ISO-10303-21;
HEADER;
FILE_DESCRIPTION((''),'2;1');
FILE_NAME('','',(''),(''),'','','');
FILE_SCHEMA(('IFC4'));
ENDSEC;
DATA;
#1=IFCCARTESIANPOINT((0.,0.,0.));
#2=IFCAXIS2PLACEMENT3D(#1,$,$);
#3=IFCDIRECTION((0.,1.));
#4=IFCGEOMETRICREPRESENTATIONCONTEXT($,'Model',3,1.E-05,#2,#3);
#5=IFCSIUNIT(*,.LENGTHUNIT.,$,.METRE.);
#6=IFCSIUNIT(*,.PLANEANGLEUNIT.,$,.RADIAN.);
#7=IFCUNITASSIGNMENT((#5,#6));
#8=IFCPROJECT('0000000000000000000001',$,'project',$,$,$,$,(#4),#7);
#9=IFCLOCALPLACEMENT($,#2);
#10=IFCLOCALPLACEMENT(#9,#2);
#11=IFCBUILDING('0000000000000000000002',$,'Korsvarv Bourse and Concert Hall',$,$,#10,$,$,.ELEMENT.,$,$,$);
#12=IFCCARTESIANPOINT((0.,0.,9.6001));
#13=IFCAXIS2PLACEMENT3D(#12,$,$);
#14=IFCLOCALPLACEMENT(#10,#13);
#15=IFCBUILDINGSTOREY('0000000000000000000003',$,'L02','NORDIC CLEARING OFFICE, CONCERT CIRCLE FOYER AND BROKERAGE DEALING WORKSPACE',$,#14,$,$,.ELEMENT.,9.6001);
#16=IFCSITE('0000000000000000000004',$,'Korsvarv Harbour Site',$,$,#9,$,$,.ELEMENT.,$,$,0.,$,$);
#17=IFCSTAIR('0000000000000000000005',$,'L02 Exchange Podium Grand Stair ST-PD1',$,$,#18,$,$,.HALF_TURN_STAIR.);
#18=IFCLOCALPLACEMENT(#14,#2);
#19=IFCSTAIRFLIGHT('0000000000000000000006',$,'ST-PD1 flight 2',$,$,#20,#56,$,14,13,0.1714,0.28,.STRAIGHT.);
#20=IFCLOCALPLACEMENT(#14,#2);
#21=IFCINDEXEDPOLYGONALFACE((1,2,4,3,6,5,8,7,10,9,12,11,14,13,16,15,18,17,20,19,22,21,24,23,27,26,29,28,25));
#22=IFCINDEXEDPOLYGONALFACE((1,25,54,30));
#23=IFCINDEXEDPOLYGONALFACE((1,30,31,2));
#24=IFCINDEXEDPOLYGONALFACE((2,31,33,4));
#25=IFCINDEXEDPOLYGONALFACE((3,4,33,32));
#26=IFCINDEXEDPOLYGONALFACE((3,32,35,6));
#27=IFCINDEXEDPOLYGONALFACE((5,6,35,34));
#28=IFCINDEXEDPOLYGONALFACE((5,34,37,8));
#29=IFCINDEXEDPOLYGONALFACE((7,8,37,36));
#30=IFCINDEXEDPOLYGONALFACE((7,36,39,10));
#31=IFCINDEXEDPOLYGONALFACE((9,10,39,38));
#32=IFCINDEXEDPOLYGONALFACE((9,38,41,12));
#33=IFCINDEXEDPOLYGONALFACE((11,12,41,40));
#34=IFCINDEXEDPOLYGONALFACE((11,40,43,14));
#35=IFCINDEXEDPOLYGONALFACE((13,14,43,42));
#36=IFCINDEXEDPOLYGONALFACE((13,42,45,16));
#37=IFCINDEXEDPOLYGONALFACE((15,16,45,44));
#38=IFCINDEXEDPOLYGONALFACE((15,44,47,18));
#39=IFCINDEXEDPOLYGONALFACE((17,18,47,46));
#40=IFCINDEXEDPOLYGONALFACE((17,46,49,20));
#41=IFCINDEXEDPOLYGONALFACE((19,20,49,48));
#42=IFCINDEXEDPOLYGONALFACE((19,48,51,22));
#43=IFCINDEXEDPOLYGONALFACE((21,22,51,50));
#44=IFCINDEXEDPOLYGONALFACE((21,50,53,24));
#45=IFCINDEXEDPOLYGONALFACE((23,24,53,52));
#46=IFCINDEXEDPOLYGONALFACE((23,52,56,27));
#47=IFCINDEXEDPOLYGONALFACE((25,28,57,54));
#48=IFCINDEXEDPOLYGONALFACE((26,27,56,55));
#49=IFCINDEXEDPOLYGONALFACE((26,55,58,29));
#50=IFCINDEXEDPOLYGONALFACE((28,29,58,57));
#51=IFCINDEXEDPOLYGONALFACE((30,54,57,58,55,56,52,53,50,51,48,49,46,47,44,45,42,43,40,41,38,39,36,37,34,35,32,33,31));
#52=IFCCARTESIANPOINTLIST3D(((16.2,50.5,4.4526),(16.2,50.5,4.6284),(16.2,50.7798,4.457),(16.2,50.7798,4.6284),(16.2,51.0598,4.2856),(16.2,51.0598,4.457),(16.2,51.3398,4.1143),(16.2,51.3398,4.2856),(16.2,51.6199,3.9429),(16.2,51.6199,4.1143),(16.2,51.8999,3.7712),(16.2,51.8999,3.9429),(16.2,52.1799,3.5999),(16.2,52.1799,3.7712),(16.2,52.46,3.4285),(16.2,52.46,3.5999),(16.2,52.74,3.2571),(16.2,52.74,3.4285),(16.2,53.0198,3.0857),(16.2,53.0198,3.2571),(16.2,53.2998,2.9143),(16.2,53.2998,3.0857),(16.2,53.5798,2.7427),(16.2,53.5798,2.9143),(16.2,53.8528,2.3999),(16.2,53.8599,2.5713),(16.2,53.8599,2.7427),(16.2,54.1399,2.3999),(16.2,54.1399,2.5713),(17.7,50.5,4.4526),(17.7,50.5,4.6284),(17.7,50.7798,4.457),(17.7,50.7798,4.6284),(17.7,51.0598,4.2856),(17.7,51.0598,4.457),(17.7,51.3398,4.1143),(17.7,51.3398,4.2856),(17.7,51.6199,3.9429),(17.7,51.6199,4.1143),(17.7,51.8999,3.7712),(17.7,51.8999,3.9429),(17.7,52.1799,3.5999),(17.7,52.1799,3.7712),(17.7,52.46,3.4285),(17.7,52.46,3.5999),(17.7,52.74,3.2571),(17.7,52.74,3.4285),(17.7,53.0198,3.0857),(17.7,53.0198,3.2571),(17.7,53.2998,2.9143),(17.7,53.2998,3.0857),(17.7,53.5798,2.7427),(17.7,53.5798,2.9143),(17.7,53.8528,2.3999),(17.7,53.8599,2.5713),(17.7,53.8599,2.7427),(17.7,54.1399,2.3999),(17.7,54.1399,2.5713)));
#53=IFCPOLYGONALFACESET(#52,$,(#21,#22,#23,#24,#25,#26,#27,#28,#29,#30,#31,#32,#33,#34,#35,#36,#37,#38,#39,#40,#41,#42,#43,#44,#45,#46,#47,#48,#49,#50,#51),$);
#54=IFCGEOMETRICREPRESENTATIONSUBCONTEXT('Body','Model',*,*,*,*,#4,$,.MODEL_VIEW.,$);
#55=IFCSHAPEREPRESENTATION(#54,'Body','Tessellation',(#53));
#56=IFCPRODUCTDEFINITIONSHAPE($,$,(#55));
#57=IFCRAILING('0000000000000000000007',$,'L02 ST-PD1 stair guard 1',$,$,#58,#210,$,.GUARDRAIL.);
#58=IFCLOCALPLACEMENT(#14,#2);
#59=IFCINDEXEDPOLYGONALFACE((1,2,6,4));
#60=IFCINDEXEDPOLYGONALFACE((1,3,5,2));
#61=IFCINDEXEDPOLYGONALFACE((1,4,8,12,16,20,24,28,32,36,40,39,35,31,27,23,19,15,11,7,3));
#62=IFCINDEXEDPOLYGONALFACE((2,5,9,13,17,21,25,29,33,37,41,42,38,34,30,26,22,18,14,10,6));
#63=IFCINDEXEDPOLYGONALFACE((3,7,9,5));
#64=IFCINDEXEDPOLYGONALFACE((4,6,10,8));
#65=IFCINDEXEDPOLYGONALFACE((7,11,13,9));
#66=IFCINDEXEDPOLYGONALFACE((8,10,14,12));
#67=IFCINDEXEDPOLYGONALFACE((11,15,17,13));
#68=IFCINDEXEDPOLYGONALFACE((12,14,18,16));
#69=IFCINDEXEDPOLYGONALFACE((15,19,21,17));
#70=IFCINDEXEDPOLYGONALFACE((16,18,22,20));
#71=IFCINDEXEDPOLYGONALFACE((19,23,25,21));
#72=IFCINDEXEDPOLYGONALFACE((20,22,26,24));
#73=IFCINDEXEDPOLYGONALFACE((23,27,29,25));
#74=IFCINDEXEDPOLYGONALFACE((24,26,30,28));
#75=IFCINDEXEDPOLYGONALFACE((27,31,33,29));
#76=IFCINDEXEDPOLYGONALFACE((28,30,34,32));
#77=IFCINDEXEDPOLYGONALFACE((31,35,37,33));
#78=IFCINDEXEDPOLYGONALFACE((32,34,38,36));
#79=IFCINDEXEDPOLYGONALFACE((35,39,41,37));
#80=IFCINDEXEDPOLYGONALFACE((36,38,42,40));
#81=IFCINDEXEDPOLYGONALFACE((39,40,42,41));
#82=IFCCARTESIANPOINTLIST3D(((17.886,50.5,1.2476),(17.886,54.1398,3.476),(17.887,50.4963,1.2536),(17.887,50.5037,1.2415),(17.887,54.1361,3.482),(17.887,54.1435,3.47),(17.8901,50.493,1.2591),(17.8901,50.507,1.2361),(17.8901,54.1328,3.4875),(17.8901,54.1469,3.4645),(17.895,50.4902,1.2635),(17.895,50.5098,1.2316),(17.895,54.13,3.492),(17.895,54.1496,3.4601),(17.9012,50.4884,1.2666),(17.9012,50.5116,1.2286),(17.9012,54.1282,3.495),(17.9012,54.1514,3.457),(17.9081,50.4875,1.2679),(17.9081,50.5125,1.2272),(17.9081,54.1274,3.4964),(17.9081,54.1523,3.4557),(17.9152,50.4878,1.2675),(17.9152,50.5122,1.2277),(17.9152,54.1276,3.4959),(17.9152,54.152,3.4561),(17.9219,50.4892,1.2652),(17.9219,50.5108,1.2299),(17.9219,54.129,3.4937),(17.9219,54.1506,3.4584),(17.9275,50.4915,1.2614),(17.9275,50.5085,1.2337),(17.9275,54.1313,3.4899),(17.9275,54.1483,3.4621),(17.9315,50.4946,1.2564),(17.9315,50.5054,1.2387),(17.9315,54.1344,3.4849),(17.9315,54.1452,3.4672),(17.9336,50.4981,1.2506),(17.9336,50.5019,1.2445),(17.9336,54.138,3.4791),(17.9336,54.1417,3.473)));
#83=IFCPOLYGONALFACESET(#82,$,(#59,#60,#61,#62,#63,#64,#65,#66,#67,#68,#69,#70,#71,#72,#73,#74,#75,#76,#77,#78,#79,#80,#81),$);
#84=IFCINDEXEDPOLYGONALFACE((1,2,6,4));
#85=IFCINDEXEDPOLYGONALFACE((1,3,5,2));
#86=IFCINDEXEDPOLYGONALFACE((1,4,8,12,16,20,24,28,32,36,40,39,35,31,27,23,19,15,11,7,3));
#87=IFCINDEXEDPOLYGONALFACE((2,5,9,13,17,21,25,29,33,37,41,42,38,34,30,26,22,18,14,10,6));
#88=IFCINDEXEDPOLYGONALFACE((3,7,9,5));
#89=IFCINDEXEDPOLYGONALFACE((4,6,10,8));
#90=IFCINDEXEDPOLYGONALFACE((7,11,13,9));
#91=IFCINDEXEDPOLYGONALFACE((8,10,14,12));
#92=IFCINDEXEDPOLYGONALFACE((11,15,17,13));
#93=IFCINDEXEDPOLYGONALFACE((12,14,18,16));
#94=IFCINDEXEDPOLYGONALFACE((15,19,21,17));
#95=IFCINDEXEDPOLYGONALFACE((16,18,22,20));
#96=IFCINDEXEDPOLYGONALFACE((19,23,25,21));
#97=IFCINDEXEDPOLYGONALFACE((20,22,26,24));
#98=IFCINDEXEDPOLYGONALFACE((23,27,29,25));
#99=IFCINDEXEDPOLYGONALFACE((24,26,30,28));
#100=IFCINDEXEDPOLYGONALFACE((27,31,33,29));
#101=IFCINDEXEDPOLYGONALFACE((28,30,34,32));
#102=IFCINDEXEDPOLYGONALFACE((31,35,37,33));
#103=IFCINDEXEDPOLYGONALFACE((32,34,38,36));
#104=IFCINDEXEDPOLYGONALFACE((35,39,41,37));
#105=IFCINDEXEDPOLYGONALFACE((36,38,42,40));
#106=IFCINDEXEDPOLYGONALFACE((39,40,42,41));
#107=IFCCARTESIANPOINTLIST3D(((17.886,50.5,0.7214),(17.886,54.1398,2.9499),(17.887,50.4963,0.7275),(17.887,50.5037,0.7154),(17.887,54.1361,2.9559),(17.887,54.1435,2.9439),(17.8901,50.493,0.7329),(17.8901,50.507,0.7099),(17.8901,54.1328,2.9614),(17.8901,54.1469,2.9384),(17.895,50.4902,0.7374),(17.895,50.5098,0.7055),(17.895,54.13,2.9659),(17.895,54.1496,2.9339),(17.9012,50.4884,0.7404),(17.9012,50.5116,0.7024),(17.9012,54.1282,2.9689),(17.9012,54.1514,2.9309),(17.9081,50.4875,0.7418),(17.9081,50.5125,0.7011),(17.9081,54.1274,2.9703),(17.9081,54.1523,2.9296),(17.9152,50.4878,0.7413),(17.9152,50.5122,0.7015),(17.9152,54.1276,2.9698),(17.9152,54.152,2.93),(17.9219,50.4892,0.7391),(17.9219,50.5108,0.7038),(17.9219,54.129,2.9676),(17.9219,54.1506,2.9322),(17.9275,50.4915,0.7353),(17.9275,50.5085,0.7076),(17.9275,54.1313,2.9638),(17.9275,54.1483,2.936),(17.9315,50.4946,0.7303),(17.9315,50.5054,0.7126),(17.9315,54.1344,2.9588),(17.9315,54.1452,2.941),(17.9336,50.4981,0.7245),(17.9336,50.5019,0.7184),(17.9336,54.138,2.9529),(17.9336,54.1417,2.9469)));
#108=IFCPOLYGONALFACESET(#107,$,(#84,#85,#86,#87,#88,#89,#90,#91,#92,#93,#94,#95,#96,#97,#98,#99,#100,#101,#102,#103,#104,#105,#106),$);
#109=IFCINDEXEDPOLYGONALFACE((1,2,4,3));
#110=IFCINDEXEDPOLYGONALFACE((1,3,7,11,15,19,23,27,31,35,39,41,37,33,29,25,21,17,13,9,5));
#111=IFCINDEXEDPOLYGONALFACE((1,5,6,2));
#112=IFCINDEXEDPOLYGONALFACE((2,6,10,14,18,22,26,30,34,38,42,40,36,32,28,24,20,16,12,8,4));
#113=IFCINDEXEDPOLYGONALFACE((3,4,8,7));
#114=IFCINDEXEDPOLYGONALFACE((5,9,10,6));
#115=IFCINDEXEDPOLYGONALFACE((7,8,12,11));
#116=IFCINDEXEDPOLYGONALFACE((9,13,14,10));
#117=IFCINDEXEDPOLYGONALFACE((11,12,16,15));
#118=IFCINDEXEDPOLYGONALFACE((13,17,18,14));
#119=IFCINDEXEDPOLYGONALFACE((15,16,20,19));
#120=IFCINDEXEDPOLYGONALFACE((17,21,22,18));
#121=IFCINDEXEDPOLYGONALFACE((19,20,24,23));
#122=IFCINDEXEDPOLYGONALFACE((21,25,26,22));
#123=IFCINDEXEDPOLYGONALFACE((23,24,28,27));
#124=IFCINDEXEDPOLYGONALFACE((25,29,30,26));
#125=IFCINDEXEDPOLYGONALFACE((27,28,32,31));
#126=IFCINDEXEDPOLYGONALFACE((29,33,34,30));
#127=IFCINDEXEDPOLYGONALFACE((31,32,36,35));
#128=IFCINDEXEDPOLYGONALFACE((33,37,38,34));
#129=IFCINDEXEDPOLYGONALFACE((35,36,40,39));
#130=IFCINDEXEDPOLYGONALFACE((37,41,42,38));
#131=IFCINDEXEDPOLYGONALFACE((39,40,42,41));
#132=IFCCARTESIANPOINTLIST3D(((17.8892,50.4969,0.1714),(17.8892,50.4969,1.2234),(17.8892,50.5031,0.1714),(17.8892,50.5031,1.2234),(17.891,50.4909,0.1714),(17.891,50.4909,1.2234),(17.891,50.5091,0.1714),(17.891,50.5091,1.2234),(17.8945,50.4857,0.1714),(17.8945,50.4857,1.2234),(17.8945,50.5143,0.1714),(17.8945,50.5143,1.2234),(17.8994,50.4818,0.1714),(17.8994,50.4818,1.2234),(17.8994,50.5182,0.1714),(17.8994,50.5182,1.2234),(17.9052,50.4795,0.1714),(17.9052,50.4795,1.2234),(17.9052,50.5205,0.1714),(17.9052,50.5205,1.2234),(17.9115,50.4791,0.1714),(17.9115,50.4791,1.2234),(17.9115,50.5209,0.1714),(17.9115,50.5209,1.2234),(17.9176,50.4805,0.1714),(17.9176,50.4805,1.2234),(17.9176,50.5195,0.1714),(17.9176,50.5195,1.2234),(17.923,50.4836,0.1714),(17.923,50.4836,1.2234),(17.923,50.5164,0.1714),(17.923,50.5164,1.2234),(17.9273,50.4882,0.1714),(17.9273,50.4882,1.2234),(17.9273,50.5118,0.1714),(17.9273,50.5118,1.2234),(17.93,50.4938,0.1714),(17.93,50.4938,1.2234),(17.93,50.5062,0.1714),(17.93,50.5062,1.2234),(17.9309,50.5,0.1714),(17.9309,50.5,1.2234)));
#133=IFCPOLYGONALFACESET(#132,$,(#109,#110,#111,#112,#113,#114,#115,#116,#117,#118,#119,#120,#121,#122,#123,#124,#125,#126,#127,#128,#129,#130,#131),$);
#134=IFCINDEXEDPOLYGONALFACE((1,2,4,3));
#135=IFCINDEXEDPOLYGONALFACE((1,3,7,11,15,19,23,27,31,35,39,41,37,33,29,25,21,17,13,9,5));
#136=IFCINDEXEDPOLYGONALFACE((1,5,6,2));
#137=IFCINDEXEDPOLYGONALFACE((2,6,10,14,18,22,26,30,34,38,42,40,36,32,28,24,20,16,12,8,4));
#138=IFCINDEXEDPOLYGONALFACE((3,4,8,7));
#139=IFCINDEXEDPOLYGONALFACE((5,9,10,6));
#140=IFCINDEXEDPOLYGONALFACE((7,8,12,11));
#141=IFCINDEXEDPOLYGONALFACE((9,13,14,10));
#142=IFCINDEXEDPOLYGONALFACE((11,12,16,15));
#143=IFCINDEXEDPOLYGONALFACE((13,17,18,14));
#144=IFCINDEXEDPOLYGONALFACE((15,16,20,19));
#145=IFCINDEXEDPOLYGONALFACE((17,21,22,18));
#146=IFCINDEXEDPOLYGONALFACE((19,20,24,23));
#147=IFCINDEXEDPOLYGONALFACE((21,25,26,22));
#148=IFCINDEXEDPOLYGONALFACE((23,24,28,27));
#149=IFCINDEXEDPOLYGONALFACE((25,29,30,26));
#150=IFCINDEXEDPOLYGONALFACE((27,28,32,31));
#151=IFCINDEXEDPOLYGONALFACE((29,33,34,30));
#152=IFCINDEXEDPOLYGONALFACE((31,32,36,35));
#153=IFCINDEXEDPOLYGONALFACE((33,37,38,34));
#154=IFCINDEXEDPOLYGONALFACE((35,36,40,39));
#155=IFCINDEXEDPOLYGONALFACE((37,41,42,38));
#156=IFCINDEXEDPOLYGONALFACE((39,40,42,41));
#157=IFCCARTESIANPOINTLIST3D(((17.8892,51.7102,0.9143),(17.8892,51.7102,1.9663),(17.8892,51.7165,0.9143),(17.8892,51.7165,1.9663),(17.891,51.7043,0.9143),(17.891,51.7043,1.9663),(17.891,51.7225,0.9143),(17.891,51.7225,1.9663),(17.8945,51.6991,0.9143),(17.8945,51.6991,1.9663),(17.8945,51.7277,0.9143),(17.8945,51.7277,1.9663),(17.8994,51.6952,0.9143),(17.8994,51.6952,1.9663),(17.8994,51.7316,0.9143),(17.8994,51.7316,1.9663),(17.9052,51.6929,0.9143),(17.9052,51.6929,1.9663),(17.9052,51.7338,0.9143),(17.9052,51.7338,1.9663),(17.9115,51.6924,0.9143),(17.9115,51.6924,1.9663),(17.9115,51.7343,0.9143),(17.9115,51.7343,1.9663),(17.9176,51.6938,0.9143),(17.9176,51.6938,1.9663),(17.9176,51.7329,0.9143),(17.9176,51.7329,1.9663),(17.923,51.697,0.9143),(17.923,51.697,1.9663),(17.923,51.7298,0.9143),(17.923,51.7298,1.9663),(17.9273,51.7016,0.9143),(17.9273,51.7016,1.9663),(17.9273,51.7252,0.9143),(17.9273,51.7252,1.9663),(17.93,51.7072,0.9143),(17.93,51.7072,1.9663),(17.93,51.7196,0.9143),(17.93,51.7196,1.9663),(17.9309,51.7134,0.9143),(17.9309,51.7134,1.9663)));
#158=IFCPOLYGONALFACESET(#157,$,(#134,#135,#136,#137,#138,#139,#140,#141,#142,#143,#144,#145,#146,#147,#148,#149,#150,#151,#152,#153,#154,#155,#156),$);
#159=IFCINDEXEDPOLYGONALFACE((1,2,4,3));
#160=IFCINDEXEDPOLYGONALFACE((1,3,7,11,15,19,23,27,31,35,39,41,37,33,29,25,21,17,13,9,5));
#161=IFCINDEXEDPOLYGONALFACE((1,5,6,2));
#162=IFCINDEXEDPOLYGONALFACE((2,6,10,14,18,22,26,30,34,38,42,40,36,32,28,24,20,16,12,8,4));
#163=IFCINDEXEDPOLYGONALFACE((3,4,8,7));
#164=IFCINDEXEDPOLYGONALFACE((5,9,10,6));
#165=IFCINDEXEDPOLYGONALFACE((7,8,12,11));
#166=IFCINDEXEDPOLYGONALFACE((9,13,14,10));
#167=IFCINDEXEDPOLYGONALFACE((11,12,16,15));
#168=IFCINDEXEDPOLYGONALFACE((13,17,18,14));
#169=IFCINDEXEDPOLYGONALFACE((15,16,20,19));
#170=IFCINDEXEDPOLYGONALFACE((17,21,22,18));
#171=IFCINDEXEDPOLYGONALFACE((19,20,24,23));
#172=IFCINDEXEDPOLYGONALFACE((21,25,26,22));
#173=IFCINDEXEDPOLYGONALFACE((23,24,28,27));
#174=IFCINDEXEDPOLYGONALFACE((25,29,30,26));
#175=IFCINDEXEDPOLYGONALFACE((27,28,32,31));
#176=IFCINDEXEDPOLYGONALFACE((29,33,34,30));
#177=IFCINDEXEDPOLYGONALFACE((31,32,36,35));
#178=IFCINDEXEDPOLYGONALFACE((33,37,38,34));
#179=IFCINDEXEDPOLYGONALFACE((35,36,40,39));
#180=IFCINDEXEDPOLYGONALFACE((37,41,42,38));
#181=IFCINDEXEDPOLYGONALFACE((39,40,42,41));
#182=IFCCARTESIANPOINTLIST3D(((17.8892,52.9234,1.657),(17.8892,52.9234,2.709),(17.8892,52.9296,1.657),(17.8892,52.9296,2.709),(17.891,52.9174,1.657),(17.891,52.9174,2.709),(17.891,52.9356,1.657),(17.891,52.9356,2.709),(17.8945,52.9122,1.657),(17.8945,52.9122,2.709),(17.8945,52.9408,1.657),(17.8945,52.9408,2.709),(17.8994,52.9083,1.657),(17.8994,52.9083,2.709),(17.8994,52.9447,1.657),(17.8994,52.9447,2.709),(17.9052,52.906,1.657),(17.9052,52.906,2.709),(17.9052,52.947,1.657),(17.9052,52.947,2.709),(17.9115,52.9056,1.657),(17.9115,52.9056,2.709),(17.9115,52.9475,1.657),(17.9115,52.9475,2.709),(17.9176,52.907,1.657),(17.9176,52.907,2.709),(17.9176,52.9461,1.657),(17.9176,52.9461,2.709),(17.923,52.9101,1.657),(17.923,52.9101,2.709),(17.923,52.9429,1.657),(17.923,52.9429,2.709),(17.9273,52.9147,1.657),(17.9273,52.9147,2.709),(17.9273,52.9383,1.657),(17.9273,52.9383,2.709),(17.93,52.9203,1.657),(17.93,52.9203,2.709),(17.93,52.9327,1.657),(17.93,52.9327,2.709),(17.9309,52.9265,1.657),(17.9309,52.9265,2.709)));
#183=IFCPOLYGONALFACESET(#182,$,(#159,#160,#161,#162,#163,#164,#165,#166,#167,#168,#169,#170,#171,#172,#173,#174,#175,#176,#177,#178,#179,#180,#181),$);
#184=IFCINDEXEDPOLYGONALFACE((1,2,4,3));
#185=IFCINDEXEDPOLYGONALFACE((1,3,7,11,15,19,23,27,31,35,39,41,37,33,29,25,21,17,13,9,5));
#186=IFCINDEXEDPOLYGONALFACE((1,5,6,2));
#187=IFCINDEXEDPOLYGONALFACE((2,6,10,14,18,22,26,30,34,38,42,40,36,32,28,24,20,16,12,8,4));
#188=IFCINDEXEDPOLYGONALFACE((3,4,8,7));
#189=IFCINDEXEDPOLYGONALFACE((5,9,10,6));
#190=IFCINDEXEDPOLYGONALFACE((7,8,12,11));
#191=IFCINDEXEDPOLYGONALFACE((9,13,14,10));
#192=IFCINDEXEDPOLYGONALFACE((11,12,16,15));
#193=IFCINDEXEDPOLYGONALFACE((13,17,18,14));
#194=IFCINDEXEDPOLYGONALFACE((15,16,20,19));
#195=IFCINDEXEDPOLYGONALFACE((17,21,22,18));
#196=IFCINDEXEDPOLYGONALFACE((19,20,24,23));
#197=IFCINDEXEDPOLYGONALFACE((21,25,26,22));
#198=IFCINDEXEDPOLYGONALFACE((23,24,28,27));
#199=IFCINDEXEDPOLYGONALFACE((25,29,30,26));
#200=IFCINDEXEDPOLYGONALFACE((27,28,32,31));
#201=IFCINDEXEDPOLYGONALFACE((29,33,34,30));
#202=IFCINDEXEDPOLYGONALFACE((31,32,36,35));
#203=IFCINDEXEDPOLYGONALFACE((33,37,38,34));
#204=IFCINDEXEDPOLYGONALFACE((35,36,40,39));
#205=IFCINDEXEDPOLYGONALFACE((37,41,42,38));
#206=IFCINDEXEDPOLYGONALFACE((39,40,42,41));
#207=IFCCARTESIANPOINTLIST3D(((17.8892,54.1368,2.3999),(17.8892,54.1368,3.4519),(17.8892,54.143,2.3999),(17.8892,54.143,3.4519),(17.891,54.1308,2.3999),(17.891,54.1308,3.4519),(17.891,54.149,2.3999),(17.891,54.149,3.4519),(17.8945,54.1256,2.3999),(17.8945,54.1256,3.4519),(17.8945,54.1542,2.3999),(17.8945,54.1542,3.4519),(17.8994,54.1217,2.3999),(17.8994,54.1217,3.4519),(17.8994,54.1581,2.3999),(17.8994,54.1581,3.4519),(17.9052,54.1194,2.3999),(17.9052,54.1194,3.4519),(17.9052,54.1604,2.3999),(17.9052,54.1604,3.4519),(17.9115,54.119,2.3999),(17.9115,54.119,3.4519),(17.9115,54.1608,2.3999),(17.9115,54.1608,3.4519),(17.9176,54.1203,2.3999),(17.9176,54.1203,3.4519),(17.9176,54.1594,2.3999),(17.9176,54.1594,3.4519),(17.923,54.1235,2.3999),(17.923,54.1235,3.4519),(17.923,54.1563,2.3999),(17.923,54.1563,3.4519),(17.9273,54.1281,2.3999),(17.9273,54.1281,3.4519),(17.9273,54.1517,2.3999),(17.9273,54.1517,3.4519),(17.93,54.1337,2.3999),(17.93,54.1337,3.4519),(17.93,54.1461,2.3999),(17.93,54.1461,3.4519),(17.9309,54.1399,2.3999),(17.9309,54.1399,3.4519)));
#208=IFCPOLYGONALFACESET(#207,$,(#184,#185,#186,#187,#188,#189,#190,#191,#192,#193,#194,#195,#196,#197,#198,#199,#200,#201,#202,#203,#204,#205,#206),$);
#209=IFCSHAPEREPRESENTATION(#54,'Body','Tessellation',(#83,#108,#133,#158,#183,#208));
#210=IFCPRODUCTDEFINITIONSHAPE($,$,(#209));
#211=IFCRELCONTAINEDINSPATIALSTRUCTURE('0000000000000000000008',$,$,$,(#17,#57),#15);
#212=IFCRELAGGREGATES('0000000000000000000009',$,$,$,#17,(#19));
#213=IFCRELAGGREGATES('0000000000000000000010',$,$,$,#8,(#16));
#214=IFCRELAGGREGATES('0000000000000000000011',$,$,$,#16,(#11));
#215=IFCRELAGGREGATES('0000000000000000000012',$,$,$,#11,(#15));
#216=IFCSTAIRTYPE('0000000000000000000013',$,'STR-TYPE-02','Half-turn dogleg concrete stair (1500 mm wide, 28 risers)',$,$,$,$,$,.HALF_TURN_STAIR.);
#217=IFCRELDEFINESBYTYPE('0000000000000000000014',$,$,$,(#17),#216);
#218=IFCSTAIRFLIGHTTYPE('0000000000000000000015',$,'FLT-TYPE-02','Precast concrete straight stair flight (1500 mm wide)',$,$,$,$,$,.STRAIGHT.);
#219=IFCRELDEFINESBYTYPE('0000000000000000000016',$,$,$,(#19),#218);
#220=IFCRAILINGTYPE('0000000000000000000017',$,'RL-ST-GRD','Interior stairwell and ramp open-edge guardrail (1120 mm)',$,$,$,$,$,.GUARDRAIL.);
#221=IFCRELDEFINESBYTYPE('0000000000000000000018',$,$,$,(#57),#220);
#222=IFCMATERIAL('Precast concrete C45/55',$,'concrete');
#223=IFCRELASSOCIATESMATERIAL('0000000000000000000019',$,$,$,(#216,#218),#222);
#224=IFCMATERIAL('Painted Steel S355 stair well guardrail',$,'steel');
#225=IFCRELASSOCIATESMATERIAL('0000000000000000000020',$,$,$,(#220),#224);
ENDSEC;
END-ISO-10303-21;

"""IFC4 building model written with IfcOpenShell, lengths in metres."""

from ifc_helpers import new_model, si_unit, direction, frame, origin, origin_2d, place, context, subcontext, project, spatial, polyline, circle, outline, extrude, material, type_object, element, aggregate, save


model = new_model("IFC4")

# Units and contexts
model_context = context("Model", 3, precision=1e-05, world=origin(), true_north=direction((0.0, 1.0)))
body_context = subcontext(model_context, "Body", "Model", "MODEL_VIEW")
ifc_project = project(units=[si_unit("LENGTHUNIT", "METRE"), si_unit("PLANEANGLEUNIT", "RADIAN")], contexts=[model_context])

# Site, building, storey
site_placement = place(None, origin())
site = spatial("IfcSite", under=ifc_project, at=site_placement, Name="Korsvarv Harbour Site", CompositionType="ELEMENT", RefElevation=0.0)
building_placement = place(site_placement, origin())
building = spatial("IfcBuilding", under=site, at=building_placement, Name="Korsvarv Bourse and Concert Hall", CompositionType="ELEMENT")
storey_placement = place(building_placement, frame((0.0, 0.0, 9.6001)))
storey = spatial("IfcBuildingStorey", under=building, at=storey_placement, Name="L02", Description="NORDIC CLEARING OFFICE, CONCERT CIRCLE FOYER AND BROKERAGE DEALING WORKSPACE", CompositionType="ELEMENT", Elevation=9.6001)

# Stair, stair flight
ifc_material_1 = material(Name="Precast concrete C45/55", Category="concrete")
stair_type = type_object("IfcStairType", Name="STR-TYPE-02", Description="Half-turn dogleg concrete stair (1500 mm wide, 28 risers)", PredefinedType="HALF_TURN_STAIR", material=ifc_material_1)
stair_placement = place(storey_placement, origin())
stair = element("IfcStair", 1, at=stair_placement, inside=storey, type_object=stair_type, Name="L02 Exchange Podium Grand Stair ST-PD1", PredefinedType="HALF_TURN_STAIR")
stair_flight_type = type_object("IfcStairFlightType", Name="FLT-TYPE-02", Description="Precast concrete straight stair flight (1500 mm wide)", PredefinedType="STRAIGHT", material=ifc_material_1)
stair_flight_1_placement = place(storey_placement, frame((16.95, 54.1399, 2.3999), z_axis=(0.0, 0.0, 1.0), x_axis=(0.0, -1.0, 0.0)))
stair_flight_1 = element("IfcStairFlight", 2, at=stair_flight_1_placement, type_object=stair_flight_type, Name="ST-PD1 flight 2", NumberOfRisers=14, NumberOfTreads=13, PredefinedType="STRAIGHT", RiserHeight=0.1714, TreadLength=0.28, context=body_context, shape_type="SweptSolid", body=[
    extrude(outline(polyline([(0.0, 0.0), (0.0, 0.1714), (0.28, 0.1714), (0.28, 0.3428), (0.5601, 0.3428), (0.5601, 0.5144), (0.8401, 0.5144), (0.8401, 0.6858), (1.1201, 0.6858), (1.1201, 0.8572), (1.3999, 0.8572), (1.3999, 1.0286), (1.6799, 1.0286), (1.6799, 1.2), (1.96, 1.2), (1.96, 1.3713), (2.24, 1.3713), (2.24, 1.543), (2.52, 1.543), (2.52, 1.7144), (2.8, 1.7144), (2.8, 1.8857), (3.0801, 1.8857), (3.0801, 2.0571), (3.3601, 2.0571), (3.3601, 2.2285), (3.6399, 2.2285), (3.6399, 2.3999), (3.6399, 2.0527), (0.2871, 0.0), (0.0, 0.0)])), frame((0.0, 0.75, 0.0), z_axis=(0.0, -1.0, 0.0), x_axis=(1.0, 0.0, 0.0)), (0.0, 0.0, 1.0), 1.5),
])
aggregate(stair, [stair_flight_1])

# Railing
ifc_material_2 = material(Name="Painted Steel S355 stair well guardrail", Category="steel")
railing_type_1 = type_object("IfcRailingType", Name="RL-ST-GRD", Description="Interior stairwell and ramp open-edge guardrail (1120 mm)", PredefinedType="GUARDRAIL", material=ifc_material_2)
railing_1_placement = place(storey_placement, frame((17.9099, 50.5, 0.1714)))
element("IfcRailing", 3, at=railing_1_placement, inside=storey, type_object=railing_type_1, Name="L02 ST-PD1 stair guard 1", PredefinedType="GUARDRAIL", context=body_context, shape_type="SweptSolid", body=[
    extrude(circle(Radius=0.0239, at=origin_2d()), frame((0.0, 0.0, 1.0762), z_axis=(0.0, 0.85285, 0.522156), x_axis=(-1.0, 0.0, 0.0)), (0.0, 0.0, 1.0), 4.2678),
    extrude(circle(Radius=0.0239, at=origin_2d()), frame((0.0, 0.0, 0.55), z_axis=(0.0, 0.85285, 0.522156), x_axis=(-1.0, 0.0, 0.0)), (0.0, 0.0, 1.0), 4.2678),
    extrude(circle(Radius=0.021, at=origin_2d()), origin(), (0.0, 0.0, 1.0), 1.052),
    extrude(circle(Radius=0.021, at=origin_2d()), frame((0.0, 1.2134, 0.7429)), (0.0, 0.0, 1.0), 1.052),
    extrude(circle(Radius=0.021, at=origin_2d()), frame((0.0, 2.4265, 1.4856)), (0.0, 0.0, 1.0), 1.052),
    extrude(circle(Radius=0.021, at=origin_2d()), frame((0.0, 3.6399, 2.2285)), (0.0, 0.0, 1.0), 1.052),
])

save(model, "model.ifc")
